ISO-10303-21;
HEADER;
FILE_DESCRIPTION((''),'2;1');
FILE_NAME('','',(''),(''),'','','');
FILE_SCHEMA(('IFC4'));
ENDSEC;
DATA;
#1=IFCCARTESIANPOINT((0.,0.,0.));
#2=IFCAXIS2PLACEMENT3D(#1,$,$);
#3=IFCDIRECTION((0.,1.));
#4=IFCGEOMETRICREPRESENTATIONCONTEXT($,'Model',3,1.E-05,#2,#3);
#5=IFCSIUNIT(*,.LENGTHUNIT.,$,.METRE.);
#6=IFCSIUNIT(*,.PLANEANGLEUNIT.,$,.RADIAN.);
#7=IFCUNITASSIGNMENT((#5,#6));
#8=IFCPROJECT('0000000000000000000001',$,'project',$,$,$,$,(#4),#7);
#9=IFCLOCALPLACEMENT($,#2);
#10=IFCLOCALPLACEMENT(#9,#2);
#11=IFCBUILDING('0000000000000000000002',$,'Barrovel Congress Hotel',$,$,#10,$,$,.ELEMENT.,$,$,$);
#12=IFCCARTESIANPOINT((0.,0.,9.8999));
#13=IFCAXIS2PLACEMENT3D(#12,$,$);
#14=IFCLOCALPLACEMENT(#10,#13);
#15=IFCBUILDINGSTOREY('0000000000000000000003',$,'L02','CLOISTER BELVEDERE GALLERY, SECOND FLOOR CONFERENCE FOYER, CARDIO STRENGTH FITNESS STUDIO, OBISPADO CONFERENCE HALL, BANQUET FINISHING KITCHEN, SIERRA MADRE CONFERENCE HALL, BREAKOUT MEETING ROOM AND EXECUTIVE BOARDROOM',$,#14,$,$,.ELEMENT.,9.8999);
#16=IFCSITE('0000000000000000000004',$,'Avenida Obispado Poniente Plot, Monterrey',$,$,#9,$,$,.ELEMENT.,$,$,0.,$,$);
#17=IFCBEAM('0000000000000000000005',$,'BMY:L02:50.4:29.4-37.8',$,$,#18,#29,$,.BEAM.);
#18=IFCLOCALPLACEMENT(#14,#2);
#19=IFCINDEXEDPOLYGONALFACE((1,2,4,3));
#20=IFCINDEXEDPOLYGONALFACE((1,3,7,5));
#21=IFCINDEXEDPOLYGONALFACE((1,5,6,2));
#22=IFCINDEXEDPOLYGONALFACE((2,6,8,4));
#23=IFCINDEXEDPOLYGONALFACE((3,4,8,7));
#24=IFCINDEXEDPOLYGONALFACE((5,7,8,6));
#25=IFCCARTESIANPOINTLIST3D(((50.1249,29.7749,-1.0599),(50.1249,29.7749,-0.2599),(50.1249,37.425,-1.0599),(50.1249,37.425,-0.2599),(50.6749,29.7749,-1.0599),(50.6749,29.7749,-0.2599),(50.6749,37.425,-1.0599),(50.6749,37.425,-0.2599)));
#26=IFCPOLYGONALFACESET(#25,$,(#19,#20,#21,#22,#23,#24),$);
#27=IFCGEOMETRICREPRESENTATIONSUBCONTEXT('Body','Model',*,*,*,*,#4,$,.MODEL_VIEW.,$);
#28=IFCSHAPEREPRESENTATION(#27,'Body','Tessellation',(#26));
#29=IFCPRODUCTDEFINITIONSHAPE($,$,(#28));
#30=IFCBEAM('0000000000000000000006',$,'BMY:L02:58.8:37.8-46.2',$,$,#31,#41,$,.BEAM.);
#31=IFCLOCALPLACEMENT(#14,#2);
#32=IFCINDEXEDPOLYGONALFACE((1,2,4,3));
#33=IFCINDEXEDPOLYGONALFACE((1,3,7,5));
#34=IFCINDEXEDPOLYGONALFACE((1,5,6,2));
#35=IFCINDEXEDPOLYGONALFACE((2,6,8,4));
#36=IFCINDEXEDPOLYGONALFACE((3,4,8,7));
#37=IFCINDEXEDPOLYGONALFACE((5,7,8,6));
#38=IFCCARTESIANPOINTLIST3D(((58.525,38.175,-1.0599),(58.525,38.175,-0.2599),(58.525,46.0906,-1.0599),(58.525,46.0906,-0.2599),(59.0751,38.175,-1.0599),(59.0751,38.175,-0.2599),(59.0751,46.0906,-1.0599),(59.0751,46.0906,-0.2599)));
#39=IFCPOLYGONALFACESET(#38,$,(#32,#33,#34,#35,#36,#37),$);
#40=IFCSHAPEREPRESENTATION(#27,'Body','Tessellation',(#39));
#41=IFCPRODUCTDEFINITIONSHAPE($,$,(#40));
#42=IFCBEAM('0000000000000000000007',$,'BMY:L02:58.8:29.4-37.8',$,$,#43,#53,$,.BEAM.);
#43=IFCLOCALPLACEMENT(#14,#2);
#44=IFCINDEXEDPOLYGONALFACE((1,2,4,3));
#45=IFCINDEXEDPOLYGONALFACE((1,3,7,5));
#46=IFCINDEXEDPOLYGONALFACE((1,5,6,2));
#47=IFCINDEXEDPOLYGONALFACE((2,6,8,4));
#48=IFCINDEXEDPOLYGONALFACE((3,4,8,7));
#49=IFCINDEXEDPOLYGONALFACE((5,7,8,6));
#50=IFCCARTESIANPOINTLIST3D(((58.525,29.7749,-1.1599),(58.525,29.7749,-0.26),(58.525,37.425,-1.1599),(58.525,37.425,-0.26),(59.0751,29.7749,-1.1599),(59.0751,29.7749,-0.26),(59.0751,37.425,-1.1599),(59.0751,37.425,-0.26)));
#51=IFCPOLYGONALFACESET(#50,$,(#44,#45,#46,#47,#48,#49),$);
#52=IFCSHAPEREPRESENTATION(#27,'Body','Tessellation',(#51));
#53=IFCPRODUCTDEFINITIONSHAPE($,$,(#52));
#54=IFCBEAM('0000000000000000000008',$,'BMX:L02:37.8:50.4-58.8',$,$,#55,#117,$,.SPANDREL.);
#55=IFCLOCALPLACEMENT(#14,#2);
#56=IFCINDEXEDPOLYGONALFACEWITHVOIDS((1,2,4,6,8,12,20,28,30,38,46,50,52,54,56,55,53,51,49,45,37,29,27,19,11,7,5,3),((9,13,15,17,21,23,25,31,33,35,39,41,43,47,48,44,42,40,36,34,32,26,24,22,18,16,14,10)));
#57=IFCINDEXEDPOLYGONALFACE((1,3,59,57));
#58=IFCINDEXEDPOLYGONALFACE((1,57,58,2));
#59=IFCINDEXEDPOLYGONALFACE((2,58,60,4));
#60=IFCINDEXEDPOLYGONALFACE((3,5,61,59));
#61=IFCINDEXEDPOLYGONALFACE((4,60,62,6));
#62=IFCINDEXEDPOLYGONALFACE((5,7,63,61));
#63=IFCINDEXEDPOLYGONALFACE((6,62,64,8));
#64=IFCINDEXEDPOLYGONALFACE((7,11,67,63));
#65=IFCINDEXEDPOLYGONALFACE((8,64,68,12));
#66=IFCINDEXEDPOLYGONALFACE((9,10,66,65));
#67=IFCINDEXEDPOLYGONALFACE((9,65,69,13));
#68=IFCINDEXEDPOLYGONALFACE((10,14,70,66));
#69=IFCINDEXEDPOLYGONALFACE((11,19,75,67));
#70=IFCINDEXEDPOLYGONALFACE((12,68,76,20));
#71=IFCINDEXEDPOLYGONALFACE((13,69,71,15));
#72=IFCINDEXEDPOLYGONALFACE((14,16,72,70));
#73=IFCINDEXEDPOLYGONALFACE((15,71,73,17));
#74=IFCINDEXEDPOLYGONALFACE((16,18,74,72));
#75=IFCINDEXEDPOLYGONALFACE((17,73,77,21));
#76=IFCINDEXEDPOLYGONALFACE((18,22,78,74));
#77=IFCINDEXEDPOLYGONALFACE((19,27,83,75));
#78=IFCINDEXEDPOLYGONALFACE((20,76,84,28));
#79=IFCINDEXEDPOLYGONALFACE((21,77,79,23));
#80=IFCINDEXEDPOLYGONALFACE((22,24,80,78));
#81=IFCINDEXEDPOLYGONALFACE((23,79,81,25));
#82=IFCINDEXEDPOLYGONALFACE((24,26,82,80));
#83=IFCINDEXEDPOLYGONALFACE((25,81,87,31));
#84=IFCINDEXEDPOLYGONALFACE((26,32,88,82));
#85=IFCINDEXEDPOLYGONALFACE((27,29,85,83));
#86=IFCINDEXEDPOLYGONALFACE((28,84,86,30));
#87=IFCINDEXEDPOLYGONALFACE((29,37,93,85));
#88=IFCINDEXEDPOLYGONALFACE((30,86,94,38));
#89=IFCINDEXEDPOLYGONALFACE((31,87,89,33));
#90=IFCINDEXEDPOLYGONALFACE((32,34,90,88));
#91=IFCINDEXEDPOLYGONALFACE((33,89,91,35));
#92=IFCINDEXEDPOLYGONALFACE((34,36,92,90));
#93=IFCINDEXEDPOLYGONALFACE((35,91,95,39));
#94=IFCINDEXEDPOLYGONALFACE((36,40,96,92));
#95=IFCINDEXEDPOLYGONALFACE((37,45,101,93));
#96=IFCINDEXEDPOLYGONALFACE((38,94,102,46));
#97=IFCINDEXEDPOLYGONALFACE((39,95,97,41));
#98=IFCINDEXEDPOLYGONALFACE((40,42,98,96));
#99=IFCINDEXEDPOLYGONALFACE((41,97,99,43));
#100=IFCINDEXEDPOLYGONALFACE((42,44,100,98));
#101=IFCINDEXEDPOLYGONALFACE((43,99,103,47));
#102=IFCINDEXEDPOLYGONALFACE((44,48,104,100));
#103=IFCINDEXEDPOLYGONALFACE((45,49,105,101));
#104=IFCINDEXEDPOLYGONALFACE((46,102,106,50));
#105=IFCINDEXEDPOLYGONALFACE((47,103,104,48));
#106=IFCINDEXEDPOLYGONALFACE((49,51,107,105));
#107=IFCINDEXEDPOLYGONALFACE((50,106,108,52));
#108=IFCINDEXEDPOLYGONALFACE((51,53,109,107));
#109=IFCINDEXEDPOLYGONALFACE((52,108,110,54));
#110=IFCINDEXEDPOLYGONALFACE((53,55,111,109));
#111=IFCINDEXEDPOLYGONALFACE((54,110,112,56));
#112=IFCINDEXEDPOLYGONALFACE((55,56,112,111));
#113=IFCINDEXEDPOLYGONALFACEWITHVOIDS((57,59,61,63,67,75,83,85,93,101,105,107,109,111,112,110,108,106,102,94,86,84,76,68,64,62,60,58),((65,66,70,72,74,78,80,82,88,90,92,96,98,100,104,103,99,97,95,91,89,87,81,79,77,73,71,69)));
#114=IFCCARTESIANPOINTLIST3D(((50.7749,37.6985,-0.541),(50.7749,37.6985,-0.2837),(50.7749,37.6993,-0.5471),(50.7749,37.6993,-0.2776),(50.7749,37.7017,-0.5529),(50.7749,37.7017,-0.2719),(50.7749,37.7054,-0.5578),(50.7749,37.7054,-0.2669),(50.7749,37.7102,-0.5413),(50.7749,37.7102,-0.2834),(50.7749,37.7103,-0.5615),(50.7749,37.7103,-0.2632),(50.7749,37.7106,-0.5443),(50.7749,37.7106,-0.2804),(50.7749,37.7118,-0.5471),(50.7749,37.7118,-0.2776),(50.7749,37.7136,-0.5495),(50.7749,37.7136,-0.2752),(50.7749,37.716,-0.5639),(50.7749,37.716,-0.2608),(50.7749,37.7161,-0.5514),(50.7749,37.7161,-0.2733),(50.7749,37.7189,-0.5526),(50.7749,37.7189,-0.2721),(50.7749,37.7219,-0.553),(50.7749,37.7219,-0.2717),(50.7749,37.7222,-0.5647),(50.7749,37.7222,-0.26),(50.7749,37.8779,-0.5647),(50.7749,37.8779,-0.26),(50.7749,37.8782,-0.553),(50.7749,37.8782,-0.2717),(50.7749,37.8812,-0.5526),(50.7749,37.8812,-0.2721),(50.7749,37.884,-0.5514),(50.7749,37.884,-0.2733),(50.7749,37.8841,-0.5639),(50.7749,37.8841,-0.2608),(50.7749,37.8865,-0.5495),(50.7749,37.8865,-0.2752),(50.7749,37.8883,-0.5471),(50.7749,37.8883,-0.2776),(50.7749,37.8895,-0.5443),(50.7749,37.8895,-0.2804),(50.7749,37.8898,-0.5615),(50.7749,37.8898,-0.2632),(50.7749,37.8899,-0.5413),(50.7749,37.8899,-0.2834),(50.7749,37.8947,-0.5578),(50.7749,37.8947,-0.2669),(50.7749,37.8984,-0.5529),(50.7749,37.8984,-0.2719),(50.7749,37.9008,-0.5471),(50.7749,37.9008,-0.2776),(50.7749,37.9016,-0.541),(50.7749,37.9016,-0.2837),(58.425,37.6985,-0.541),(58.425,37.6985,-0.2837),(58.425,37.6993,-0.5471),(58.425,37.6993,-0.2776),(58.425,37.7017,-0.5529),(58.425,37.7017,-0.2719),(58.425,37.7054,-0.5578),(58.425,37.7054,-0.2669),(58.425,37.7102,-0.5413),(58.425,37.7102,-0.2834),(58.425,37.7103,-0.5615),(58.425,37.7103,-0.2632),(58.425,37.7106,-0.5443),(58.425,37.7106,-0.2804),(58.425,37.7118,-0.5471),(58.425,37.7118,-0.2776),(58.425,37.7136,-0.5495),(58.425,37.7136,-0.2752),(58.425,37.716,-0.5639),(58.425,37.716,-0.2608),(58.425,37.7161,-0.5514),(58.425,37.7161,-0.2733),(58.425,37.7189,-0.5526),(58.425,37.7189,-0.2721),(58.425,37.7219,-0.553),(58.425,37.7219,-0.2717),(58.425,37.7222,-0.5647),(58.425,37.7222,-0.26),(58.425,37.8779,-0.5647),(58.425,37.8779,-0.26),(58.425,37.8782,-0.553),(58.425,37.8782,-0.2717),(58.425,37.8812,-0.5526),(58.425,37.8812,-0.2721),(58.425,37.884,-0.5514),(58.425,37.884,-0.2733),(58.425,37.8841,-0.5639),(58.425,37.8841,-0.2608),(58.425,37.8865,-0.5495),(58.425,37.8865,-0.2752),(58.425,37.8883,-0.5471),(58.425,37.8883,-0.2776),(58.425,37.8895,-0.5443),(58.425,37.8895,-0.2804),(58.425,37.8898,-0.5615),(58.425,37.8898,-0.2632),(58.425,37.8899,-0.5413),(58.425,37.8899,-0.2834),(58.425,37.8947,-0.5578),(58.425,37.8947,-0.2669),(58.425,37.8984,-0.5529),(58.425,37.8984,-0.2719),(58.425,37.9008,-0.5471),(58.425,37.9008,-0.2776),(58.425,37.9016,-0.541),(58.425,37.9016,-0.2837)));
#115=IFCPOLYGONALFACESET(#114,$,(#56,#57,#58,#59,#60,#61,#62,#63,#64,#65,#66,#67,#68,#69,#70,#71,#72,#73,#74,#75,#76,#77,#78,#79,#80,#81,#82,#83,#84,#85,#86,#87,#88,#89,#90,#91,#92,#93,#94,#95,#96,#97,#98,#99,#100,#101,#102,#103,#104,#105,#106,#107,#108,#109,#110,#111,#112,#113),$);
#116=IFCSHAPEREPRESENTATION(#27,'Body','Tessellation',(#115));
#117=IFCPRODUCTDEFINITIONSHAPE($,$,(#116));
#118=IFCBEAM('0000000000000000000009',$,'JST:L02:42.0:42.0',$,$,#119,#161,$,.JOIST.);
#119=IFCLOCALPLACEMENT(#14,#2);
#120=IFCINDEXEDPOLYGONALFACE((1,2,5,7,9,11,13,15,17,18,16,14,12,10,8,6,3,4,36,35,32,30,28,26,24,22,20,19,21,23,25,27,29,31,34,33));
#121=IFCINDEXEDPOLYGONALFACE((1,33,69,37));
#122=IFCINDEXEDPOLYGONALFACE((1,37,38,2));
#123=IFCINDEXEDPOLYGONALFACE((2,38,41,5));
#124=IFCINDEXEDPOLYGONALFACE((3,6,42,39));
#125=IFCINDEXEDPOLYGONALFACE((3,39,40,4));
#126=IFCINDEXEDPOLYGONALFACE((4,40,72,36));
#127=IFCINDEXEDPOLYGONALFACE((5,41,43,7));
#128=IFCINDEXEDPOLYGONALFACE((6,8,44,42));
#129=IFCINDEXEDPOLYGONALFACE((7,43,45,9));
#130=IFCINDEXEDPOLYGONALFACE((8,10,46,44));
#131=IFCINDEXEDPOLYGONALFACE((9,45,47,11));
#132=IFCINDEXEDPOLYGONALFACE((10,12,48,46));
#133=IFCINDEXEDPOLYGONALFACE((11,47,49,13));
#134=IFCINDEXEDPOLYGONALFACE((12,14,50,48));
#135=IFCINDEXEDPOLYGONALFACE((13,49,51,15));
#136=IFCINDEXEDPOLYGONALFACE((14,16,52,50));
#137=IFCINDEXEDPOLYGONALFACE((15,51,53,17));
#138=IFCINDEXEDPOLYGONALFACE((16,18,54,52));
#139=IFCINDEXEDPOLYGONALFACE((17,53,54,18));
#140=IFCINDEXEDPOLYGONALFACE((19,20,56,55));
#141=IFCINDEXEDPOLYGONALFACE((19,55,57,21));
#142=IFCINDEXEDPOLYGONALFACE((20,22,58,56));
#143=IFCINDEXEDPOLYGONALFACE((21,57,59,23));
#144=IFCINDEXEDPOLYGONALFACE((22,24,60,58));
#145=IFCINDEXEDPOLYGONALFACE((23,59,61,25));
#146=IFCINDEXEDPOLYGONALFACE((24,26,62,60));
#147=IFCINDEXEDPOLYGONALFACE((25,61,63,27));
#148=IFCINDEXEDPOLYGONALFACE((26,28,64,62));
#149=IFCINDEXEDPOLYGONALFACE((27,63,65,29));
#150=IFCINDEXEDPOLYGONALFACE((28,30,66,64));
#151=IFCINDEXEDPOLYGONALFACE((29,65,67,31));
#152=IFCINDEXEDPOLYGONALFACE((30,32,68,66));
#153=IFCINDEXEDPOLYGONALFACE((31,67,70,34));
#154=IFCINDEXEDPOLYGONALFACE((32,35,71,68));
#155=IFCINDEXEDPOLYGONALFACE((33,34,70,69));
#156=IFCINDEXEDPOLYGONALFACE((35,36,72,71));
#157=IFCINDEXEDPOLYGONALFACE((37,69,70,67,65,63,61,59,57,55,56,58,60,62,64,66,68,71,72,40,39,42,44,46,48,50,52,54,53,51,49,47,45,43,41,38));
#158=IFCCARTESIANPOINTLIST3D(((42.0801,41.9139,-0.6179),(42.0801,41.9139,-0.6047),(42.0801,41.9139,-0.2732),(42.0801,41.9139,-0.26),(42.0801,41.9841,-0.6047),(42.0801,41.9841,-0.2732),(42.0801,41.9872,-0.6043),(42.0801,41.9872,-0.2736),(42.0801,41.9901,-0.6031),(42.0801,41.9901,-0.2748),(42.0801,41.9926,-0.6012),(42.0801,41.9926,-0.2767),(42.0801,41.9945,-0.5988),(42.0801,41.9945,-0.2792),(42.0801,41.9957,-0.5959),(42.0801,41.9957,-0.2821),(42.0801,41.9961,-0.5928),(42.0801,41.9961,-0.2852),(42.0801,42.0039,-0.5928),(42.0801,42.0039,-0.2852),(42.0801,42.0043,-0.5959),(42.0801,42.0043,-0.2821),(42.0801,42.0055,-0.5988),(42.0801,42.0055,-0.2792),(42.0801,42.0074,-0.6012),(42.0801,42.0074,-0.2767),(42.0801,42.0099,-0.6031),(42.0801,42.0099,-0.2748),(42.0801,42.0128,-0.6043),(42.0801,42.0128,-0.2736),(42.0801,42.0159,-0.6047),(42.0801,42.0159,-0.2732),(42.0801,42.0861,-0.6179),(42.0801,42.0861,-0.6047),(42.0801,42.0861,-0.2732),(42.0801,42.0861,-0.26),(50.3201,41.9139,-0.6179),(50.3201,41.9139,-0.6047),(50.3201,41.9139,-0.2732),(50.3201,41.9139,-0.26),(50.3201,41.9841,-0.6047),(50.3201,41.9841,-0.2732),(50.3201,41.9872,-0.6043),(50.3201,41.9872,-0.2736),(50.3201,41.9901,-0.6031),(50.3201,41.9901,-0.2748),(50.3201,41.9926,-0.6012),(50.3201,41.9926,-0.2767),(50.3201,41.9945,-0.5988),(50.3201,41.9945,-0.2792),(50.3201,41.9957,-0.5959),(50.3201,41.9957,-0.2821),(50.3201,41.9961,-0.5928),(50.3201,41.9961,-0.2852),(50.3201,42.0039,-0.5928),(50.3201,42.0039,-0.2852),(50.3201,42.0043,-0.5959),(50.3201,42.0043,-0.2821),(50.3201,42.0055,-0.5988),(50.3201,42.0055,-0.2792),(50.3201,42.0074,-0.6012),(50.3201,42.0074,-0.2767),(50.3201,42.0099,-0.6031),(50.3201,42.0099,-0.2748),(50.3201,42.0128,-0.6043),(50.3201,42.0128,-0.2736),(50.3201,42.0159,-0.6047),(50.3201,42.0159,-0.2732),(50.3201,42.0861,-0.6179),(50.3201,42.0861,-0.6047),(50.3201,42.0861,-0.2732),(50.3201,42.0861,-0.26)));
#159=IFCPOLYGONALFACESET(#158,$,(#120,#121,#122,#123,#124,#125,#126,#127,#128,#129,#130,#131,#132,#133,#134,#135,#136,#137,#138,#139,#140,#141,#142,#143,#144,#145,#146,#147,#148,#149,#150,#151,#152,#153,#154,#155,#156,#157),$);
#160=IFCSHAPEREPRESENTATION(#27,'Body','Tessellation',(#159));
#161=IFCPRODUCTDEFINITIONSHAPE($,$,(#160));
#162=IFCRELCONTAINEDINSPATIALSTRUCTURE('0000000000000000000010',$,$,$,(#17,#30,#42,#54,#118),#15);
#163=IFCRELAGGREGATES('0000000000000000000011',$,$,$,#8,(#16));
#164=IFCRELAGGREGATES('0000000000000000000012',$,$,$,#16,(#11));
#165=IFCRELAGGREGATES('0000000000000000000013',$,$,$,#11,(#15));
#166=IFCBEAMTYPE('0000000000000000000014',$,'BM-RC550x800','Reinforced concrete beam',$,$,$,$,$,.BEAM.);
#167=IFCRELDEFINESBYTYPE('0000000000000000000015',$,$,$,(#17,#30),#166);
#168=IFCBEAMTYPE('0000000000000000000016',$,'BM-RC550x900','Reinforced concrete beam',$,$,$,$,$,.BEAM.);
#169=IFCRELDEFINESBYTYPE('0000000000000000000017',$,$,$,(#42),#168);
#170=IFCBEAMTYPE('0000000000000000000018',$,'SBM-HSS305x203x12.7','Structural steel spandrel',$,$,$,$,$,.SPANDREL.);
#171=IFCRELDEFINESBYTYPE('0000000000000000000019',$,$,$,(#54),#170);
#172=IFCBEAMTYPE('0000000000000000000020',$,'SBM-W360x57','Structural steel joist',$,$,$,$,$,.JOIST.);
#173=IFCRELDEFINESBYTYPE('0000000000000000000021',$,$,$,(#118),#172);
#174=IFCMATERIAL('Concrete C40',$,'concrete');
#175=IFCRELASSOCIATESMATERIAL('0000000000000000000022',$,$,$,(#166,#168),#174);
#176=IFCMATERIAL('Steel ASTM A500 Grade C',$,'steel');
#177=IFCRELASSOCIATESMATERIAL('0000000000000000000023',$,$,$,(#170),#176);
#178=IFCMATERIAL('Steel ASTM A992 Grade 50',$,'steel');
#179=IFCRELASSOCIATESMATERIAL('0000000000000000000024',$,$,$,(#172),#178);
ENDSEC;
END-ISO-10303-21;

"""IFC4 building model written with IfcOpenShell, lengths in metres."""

from ifc_helpers import new_model, si_unit, direction, frame, origin, origin_2d, place, context, subcontext, project, spatial, rectangle, hollow_rectangle, i_section, extrude, material, material_profile, profile_set, type_object, element, save


model = new_model("IFC4")

# Units and contexts
model_context = context("Model", 3, precision=1e-05, world=origin(), true_north=direction((0.0, 1.0)))
body_context = subcontext(model_context, "Body", "Model", "MODEL_VIEW")
ifc_project = project(units=[si_unit("LENGTHUNIT", "METRE"), si_unit("PLANEANGLEUNIT", "RADIAN")], contexts=[model_context])

# Site, building, storey
site_placement = place(None, origin())
site = spatial("IfcSite", under=ifc_project, at=site_placement, Name="Avenida Obispado Poniente Plot, Monterrey", CompositionType="ELEMENT", RefElevation=0.0)
building_placement = place(site_placement, origin())
building = spatial("IfcBuilding", under=site, at=building_placement, Name="Barrovel Congress Hotel", CompositionType="ELEMENT")
storey_placement = place(building_placement, frame((0.0, 0.0, 9.8999)))
storey = spatial("IfcBuildingStorey", under=building, at=storey_placement, Name="L02", Description="CLOISTER BELVEDERE GALLERY, SECOND FLOOR CONFERENCE FOYER, CARDIO STRENGTH FITNESS STUDIO, OBISPADO CONFERENCE HALL, BANQUET FINISHING KITCHEN, SIERRA MADRE CONFERENCE HALL, BREAKOUT MEETING ROOM AND EXECUTIVE BOARDROOM", CompositionType="ELEMENT", Elevation=9.8999)

# Shared definitions
ifc_material_1 = material(Name="Concrete C40", Category="concrete")
ifc_material_2 = material(Name="Steel ASTM A500 Grade C", Category="steel")

# Beams
ifc_material_profile_1 = material_profile(ifc_material_1, rectangle(XDim=0.55, YDim=0.8, at=origin_2d()), Name="RC550x800")
ifc_profile_set_1 = profile_set([ifc_material_profile_1], Name="Concrete C40")
beam_type_1 = type_object("IfcBeamType", Name="BM-RC550x800", Description="Reinforced concrete beam", PredefinedType="BEAM", material=ifc_profile_set_1)
beam_1_placement = place(storey_placement, frame((50.3999, 29.7749, -0.6599), z_axis=(0.0, 1.0, 0.0), x_axis=(-1.0, 0.0, 0.0)))
element("IfcBeam", 1, at=beam_1_placement, inside=storey, type_object=beam_type_1, Name="BMY:L02:50.4:29.4-37.8", PredefinedType="BEAM", context=body_context, shape_type="SweptSolid", body=[
    extrude(rectangle(XDim=0.55, YDim=0.8, at=origin_2d()), origin(), (0.0, 0.0, 1.0), 7.6501),
])
beam_2_placement = place(storey_placement, frame((58.8, 38.175, -0.6599), z_axis=(0.0, 1.0, 0.0), x_axis=(-1.0, 0.0, 0.0)))
element("IfcBeam", 2, at=beam_2_placement, inside=storey, type_object=beam_type_1, Name="BMY:L02:58.8:37.8-46.2", PredefinedType="BEAM", context=body_context, shape_type="SweptSolid", body=[
    extrude(rectangle(XDim=0.55, YDim=0.8, at=origin_2d()), origin(), (0.0, 0.0, 1.0), 7.9155),
])
ifc_material_profile_2 = material_profile(ifc_material_1, rectangle(XDim=0.55, YDim=0.8999, at=origin_2d()), Name="RC550x900")
ifc_profile_set_2 = profile_set([ifc_material_profile_2], Name="Concrete C40")
beam_type_2 = type_object("IfcBeamType", Name="BM-RC550x900", Description="Reinforced concrete beam", PredefinedType="BEAM", material=ifc_profile_set_2)
beam_3_placement = place(storey_placement, frame((58.8, 29.7749, -0.71), z_axis=(0.0, 1.0, 0.0), x_axis=(-1.0, 0.0, 0.0)))
element("IfcBeam", 3, at=beam_3_placement, inside=storey, type_object=beam_type_2, Name="BMY:L02:58.8:29.4-37.8", PredefinedType="BEAM", context=body_context, shape_type="SweptSolid", body=[
    extrude(rectangle(XDim=0.55, YDim=0.8999, at=origin_2d()), origin(), (0.0, 0.0, 1.0), 7.6501),
])
ifc_material_profile_3 = material_profile(ifc_material_2, hollow_rectangle(XDim=0.2031, YDim=0.3047, WallThickness=0.0117, InnerFilletRadius=0.0117, OuterFilletRadius=0.0237, at=origin_2d()), Name="HSS305x203x12.7")
ifc_profile_set_3 = profile_set([ifc_material_profile_3], Name="Steel ASTM A500 Grade C")
beam_type_3 = type_object("IfcBeamType", Name="SBM-HSS305x203x12.7", Description="Structural steel spandrel", PredefinedType="SPANDREL", material=ifc_profile_set_3)
beam_4_placement = place(storey_placement, frame((50.7749, 37.8, -0.4124), z_axis=(1.0, 0.0, 0.0), x_axis=(0.0, 1.0, 0.0)))
element("IfcBeam", 4, at=beam_4_placement, inside=storey, type_object=beam_type_3, Name="BMX:L02:37.8:50.4-58.8", PredefinedType="SPANDREL", context=body_context, shape_type="SweptSolid", body=[
    extrude(hollow_rectangle(XDim=0.2031, YDim=0.3047, WallThickness=0.0117, InnerFilletRadius=0.0117, OuterFilletRadius=0.0237, at=origin_2d()), origin(), (0.0, 0.0, 1.0), 7.6501),
])
ifc_material_3 = material(Name="Steel ASTM A992 Grade 50", Category="steel")
ifc_material_profile_4 = material_profile(ifc_material_3, i_section(OverallWidth=0.1721, OverallDepth=0.3579, WebThickness=0.0078, FlangeThickness=0.0132, FilletRadius=0.012, at=origin_2d()), Name="W360x57")
ifc_profile_set_4 = profile_set([ifc_material_profile_4], Name="Steel ASTM A992 Grade 50")
beam_type_4 = type_object("IfcBeamType", Name="SBM-W360x57", Description="Structural steel joist", PredefinedType="JOIST", material=ifc_profile_set_4)
beam_5_placement = place(storey_placement, frame((42.0801, 42.0, -0.439), z_axis=(1.0, 0.0, 0.0), x_axis=(0.0, 1.0, 0.0)))
element("IfcBeam", 5, at=beam_5_placement, inside=storey, type_object=beam_type_4, Name="JST:L02:42.0:42.0", PredefinedType="JOIST", context=body_context, shape_type="SweptSolid", body=[
    extrude(i_section(OverallWidth=0.1721, OverallDepth=0.3579, WebThickness=0.0078, FlangeThickness=0.0132, FilletRadius=0.012, at=origin_2d()), origin(), (0.0, 0.0, 1.0), 8.24),
])

save(model, "model.ifc")
